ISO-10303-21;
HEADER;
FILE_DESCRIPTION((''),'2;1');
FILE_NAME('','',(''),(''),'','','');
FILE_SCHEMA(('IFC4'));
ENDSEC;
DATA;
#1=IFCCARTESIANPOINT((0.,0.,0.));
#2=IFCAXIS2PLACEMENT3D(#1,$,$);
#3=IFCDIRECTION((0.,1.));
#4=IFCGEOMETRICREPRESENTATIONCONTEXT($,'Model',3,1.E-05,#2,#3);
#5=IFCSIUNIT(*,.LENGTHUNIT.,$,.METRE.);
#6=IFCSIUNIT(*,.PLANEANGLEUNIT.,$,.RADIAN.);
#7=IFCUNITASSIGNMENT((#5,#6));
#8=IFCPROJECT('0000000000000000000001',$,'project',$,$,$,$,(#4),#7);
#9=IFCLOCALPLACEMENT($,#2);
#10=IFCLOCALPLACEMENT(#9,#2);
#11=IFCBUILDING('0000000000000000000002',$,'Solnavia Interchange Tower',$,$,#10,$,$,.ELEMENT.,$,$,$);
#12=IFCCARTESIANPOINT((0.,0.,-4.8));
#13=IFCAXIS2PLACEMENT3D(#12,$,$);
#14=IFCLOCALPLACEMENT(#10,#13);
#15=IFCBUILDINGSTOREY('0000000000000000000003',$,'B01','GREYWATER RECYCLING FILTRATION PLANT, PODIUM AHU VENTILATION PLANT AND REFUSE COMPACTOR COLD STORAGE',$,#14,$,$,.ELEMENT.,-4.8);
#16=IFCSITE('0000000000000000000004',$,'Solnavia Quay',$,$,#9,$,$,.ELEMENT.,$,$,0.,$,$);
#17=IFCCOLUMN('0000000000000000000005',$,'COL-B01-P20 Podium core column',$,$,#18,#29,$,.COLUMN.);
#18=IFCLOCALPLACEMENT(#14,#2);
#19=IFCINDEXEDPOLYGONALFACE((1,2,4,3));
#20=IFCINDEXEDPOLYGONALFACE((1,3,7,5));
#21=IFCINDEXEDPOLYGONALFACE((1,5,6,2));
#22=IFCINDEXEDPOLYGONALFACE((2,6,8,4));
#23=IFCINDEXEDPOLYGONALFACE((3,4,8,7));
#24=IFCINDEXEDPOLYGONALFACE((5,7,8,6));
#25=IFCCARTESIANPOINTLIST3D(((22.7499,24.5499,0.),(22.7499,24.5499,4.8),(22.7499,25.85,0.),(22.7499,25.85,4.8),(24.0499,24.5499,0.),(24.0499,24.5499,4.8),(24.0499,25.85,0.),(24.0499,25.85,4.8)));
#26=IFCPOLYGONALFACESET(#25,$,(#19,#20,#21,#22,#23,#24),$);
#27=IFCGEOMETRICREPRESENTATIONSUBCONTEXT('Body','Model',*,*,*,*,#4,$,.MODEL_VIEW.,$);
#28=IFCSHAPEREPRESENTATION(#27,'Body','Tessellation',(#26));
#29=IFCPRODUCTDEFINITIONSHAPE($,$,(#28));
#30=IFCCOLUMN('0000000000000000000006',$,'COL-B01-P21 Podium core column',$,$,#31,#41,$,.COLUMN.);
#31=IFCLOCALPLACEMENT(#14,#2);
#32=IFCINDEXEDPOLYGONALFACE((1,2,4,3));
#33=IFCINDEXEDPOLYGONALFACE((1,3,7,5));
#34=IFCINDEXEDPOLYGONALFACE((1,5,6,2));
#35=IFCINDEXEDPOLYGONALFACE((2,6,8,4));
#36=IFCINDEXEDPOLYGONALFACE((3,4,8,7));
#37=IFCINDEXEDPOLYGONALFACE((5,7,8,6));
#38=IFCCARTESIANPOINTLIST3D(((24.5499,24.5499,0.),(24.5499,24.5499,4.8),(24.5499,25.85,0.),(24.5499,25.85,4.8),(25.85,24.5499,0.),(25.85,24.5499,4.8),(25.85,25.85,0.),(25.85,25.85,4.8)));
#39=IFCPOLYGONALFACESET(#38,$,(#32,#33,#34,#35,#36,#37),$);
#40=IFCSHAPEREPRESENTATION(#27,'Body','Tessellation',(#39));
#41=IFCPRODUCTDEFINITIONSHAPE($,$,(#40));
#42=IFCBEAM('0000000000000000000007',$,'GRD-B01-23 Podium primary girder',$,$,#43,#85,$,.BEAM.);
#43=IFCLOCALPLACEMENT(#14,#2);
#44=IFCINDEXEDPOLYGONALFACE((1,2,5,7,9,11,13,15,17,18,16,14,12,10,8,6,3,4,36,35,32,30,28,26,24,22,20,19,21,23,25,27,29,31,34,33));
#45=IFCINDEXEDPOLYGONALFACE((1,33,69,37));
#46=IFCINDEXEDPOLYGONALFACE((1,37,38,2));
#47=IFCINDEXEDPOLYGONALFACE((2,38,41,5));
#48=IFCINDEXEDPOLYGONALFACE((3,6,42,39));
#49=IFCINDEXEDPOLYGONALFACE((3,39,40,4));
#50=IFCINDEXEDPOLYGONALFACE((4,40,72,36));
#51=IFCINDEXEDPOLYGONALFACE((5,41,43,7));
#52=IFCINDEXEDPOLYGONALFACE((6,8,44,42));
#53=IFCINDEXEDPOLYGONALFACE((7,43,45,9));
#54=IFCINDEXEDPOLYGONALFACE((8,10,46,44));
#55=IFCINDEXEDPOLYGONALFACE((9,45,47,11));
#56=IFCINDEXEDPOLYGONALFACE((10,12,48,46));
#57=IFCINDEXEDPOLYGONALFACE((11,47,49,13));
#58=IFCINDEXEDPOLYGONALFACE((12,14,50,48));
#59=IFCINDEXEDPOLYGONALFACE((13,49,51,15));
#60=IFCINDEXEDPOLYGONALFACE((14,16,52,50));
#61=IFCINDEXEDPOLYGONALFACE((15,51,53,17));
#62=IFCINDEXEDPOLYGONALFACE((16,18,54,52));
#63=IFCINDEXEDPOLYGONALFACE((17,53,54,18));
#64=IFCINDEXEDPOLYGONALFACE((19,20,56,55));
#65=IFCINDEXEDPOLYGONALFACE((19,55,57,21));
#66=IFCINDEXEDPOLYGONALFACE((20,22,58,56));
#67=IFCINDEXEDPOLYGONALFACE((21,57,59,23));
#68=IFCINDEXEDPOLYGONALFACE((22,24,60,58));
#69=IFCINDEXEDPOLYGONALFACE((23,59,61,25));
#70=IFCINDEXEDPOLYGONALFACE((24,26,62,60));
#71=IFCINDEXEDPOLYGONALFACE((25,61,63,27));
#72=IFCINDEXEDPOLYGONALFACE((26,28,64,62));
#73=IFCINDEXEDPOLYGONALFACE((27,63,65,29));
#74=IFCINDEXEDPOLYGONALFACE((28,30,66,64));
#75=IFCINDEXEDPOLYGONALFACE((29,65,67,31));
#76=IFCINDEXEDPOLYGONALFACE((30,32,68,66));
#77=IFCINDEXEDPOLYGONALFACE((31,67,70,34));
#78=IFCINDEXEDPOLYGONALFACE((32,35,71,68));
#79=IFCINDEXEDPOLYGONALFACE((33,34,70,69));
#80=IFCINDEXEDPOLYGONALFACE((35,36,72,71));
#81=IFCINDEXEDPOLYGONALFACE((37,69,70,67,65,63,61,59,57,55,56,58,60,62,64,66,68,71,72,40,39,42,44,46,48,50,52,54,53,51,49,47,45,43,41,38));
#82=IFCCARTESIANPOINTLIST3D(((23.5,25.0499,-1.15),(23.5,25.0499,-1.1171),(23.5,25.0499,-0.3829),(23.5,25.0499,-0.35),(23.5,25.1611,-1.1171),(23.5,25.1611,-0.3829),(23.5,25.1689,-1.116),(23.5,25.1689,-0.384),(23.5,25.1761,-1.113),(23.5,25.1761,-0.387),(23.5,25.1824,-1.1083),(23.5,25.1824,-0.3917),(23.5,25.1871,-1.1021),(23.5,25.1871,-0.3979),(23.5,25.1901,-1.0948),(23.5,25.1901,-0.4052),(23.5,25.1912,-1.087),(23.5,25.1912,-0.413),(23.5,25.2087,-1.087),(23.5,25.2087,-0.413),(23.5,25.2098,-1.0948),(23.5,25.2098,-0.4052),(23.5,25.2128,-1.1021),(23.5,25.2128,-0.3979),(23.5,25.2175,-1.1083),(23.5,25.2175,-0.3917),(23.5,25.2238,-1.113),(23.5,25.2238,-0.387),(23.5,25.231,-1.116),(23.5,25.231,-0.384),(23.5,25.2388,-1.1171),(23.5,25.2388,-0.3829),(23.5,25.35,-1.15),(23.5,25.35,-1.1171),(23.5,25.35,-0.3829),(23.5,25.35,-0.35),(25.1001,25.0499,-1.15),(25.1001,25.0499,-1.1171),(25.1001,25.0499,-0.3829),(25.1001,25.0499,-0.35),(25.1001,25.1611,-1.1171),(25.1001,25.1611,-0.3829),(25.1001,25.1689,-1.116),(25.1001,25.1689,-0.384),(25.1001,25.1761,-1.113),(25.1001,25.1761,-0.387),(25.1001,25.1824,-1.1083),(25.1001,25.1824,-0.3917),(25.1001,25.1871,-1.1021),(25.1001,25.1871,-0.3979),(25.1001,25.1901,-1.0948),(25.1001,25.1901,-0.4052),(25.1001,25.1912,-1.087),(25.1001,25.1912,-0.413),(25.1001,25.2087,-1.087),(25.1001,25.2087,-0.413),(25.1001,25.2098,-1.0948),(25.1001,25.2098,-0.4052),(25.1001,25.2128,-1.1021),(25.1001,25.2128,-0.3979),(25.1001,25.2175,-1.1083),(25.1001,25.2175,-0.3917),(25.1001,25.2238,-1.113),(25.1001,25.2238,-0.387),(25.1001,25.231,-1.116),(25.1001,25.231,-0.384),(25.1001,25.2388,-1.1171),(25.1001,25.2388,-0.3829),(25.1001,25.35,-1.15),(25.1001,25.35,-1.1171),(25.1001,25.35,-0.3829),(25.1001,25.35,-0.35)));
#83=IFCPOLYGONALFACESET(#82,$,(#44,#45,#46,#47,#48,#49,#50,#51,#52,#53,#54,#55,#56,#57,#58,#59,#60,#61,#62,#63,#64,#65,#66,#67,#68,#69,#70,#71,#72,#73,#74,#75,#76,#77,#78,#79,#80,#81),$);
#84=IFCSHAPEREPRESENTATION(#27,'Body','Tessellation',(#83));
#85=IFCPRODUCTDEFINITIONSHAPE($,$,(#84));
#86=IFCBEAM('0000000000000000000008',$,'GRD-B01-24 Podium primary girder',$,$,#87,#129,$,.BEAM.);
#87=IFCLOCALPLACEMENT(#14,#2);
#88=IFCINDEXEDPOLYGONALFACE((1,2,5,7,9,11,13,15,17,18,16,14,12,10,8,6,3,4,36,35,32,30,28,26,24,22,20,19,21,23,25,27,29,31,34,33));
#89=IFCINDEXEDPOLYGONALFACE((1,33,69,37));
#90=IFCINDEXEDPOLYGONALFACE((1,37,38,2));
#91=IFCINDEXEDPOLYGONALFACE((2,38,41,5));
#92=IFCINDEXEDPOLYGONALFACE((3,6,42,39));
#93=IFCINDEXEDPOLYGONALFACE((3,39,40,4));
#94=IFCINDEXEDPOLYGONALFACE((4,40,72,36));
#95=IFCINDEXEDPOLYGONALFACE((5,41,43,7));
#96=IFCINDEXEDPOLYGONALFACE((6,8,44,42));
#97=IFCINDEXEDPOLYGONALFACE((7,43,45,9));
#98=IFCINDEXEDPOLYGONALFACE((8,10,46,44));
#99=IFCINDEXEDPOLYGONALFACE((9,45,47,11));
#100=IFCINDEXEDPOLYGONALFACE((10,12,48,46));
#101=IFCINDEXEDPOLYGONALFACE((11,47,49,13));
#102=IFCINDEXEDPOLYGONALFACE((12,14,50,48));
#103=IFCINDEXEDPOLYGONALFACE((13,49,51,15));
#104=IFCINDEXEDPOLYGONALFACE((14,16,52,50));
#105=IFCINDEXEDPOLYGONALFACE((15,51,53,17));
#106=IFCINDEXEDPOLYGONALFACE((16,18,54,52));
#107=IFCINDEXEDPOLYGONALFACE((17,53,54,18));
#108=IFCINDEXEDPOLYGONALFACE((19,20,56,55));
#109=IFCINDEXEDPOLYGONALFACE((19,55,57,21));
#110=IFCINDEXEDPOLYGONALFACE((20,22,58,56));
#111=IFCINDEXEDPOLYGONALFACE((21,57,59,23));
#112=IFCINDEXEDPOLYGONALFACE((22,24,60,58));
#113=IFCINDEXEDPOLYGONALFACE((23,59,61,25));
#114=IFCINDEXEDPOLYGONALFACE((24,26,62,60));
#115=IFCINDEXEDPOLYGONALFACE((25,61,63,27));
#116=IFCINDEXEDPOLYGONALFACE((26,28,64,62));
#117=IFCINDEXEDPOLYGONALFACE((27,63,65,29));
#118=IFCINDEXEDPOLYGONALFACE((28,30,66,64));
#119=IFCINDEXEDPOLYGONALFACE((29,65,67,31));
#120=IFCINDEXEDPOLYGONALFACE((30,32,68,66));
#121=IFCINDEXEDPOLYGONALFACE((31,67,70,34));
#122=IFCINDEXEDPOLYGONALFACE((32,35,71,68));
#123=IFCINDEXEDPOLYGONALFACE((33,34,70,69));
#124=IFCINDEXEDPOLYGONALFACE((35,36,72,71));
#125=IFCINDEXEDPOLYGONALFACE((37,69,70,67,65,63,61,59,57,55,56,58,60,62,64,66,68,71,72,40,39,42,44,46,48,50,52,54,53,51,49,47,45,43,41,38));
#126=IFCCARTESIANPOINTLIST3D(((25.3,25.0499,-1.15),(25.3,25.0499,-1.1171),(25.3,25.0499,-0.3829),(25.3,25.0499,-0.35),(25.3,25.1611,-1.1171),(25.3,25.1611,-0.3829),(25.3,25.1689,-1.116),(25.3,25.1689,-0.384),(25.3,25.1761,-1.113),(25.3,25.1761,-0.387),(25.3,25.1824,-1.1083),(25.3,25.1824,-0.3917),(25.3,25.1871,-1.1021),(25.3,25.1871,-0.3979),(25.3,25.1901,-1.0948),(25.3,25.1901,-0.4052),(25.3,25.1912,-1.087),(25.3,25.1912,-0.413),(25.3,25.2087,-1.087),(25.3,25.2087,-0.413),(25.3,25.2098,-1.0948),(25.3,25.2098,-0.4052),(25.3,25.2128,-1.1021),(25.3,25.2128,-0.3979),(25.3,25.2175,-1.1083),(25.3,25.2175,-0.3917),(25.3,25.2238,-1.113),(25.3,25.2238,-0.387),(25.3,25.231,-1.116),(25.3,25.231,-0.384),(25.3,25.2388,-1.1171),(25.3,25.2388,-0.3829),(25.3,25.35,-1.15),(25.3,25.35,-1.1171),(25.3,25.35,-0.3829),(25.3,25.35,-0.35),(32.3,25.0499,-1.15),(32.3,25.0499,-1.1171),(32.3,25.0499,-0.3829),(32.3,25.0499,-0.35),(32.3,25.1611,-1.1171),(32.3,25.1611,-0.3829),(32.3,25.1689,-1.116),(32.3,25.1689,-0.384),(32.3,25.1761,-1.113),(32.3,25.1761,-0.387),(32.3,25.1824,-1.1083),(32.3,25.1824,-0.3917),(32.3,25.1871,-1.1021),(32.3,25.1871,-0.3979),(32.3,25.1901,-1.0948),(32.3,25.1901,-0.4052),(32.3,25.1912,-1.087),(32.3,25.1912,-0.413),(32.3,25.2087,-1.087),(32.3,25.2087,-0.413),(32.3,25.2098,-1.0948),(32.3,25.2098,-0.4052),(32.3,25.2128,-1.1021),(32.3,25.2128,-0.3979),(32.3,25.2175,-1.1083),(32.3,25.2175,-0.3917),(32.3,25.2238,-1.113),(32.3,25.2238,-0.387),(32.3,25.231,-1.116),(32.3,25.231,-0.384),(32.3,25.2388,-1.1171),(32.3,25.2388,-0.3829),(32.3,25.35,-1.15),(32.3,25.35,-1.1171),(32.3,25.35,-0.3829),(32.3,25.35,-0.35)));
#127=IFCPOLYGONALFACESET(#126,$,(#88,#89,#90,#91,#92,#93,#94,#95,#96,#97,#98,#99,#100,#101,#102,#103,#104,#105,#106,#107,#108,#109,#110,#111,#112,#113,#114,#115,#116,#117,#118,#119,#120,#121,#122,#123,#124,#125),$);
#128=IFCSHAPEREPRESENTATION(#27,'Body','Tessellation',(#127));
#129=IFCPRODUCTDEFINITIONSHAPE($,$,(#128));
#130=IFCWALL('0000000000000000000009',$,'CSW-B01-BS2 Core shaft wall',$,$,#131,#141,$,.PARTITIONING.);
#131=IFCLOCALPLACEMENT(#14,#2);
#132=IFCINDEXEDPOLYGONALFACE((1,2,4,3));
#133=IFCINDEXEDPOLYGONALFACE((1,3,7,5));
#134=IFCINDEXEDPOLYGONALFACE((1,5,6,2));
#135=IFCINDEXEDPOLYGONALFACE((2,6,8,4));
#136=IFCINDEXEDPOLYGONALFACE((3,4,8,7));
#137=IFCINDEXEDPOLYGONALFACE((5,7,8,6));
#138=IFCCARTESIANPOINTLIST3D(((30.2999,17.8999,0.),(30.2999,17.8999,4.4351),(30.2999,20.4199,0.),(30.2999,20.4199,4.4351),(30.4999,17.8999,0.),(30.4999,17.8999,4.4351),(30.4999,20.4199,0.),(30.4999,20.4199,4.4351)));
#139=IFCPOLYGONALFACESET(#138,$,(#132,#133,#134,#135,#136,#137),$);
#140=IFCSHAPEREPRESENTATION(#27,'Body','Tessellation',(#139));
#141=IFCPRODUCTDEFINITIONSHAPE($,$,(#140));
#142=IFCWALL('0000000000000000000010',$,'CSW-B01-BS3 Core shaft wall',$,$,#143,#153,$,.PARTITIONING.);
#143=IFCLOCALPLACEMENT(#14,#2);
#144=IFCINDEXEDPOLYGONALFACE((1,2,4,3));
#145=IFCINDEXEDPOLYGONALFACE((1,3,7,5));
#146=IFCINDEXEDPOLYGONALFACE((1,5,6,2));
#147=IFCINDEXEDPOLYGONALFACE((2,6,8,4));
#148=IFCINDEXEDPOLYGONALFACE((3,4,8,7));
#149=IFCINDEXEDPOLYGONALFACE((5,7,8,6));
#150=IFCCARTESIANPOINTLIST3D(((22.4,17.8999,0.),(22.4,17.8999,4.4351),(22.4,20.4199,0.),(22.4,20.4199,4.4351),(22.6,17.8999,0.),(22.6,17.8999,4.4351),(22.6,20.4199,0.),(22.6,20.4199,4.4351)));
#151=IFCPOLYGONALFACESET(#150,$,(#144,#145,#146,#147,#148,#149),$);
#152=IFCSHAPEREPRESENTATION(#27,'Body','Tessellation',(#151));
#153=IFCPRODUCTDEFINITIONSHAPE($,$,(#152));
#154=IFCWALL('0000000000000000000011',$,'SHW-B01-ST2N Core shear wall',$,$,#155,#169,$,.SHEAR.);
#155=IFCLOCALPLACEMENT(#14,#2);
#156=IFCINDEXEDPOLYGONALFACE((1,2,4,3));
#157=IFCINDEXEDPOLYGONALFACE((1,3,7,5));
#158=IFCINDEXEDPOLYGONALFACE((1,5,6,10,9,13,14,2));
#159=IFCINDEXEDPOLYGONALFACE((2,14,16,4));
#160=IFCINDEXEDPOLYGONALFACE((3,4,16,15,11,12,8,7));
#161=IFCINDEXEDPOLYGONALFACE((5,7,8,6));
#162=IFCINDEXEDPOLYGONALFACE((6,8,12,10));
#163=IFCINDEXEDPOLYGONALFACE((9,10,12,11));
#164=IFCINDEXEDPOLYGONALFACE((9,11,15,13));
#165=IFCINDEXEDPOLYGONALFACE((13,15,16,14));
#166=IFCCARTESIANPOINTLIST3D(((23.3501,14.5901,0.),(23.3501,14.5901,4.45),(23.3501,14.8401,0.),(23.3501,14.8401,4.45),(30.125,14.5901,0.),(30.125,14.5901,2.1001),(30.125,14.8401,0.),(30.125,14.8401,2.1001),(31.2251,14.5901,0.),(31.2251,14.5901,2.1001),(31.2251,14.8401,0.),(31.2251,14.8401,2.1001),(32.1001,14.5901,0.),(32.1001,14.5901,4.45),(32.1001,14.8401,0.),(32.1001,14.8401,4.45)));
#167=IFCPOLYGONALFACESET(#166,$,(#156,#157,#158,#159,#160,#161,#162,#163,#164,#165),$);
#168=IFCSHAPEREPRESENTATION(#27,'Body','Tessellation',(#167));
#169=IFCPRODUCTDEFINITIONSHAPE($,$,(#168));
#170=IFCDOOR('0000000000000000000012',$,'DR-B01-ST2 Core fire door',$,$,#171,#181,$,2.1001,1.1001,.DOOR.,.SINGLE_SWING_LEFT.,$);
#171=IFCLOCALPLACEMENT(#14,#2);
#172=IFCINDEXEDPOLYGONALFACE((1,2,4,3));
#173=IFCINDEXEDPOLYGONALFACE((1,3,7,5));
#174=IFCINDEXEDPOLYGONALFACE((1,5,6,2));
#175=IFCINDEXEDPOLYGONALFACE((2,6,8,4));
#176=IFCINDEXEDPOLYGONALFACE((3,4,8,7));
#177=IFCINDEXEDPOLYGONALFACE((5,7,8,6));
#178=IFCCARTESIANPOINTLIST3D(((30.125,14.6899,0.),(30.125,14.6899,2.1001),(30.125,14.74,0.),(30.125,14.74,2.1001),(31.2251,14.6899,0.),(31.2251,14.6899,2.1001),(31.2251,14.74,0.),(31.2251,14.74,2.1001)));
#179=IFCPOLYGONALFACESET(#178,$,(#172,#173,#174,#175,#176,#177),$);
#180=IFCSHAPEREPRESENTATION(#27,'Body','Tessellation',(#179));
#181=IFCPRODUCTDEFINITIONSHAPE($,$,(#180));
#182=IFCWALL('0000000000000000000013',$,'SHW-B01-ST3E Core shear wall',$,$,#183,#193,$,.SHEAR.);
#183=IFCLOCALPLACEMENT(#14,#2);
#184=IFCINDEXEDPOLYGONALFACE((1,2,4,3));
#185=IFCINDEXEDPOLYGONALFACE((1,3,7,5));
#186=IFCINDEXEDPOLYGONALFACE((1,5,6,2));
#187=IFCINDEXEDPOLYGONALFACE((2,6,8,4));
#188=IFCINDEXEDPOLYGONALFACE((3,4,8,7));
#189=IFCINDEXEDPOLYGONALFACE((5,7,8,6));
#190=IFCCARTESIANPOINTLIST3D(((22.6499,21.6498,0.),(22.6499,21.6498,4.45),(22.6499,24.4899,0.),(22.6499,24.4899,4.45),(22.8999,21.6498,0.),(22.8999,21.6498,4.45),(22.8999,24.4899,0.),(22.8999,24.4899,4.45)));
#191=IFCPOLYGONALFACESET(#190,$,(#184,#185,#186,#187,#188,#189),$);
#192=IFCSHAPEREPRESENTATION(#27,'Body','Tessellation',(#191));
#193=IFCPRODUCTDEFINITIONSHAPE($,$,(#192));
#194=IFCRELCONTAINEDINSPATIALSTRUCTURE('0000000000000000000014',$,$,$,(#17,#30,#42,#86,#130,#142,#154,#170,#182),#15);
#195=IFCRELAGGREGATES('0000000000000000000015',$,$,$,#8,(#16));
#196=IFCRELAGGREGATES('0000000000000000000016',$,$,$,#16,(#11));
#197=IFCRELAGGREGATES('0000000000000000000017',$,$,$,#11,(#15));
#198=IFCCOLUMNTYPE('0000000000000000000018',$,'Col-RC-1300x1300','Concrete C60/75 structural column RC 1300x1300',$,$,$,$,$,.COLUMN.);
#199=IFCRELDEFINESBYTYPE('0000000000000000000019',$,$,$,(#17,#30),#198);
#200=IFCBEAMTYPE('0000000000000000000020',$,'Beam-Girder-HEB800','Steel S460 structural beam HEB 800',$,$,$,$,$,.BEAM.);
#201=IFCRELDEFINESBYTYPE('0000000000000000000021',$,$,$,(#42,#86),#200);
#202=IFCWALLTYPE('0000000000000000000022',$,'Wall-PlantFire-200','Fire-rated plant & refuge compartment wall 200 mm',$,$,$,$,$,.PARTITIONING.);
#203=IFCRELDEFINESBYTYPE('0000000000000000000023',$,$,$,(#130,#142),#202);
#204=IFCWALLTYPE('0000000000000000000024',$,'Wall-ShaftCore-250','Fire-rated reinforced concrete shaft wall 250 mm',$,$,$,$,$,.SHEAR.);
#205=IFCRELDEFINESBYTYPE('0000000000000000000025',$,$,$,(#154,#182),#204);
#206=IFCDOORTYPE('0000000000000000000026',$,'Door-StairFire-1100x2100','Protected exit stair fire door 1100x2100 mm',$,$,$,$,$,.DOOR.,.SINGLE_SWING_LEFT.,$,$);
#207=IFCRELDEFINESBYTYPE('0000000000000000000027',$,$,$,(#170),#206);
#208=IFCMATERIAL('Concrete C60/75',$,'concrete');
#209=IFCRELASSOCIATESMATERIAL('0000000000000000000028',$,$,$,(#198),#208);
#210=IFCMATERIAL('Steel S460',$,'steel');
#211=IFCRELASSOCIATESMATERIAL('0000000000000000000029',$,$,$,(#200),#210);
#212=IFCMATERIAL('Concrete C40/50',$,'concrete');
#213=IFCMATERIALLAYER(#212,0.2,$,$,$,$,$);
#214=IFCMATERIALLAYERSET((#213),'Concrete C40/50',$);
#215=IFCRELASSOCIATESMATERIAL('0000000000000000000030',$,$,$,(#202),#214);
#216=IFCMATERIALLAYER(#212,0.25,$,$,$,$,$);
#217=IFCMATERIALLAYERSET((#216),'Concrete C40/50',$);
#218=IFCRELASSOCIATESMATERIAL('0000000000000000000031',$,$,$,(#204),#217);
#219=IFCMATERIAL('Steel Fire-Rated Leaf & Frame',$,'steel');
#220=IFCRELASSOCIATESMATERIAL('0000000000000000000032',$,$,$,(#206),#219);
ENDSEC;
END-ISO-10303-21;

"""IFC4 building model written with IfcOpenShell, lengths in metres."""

from ifc_helpers import new_model, si_unit, direction, frame, frame_2d, origin, origin_2d, place, context, subcontext, project, spatial, rectangle, i_section, extrude, material, layer, layer_set, material_profile, profile_set, type_object, element, fill, save


model = new_model("IFC4")

# Units and contexts
model_context = context("Model", 3, precision=1e-05, world=origin(), true_north=direction((0.0, 1.0)))
body_context = subcontext(model_context, "Body", "Model", "MODEL_VIEW")
ifc_project = project(units=[si_unit("LENGTHUNIT", "METRE"), si_unit("PLANEANGLEUNIT", "RADIAN")], contexts=[model_context])

# Site, building, storey
site_placement = place(None, origin())
site = spatial("IfcSite", under=ifc_project, at=site_placement, Name="Solnavia Quay", CompositionType="ELEMENT", RefElevation=0.0)
building_placement = place(site_placement, origin())
building = spatial("IfcBuilding", under=site, at=building_placement, Name="Solnavia Interchange Tower", CompositionType="ELEMENT")
storey_placement = place(building_placement, frame((0.0, 0.0, -4.8)))
storey = spatial("IfcBuildingStorey", under=building, at=storey_placement, Name="B01", Description="GREYWATER RECYCLING FILTRATION PLANT, PODIUM AHU VENTILATION PLANT AND REFUSE COMPACTOR COLD STORAGE", CompositionType="ELEMENT", Elevation=-4.8)

# Columns
ifc_material_1 = material(Name="Concrete C60/75", Category="concrete")
ifc_material_profile_1 = material_profile(ifc_material_1, rectangle(XDim=1.3, YDim=1.3, at=origin_2d()), Name="RC 1300x1300")
ifc_profile_set_1 = profile_set([ifc_material_profile_1], Name="Concrete C60/75")
column_type = type_object("IfcColumnType", Name="Col-RC-1300x1300", Description="Concrete C60/75 structural column RC 1300x1300", PredefinedType="COLUMN", material=ifc_profile_set_1)
for number, where, z_axis, x_axis, name in (
    (1, (23.3999, 25.2, 0.0), (0.0, 0.0, 1.0), (1.0, 0.0, 0.0), "COL-B01-P20 Podium core column"),
    (2, (25.2, 25.2, 0.0), (0.0, 0.0, 1.0), (1.0, 0.0, 0.0), "COL-B01-P21 Podium core column"),
):
    element("IfcColumn", number, at=place(storey_placement, frame(where, z_axis=z_axis, x_axis=x_axis)), inside=storey, type_object=column_type, Name=name, PredefinedType="COLUMN", context=body_context, shape_type="SweptSolid", body=[
        extrude(rectangle(XDim=1.3, YDim=1.3, at=origin_2d()), origin(), (0.0, 0.0, 1.0), 4.8),
    ])

# Beams
ifc_material_2 = material(Name="Steel S460", Category="steel")
ifc_material_profile_2 = material_profile(ifc_material_2, i_section(OverallWidth=0.3, OverallDepth=0.8, WebThickness=0.0176, FlangeThickness=0.033, FilletRadius=0.03, at=origin_2d()), Name="HEB 800")
ifc_profile_set_2 = profile_set([ifc_material_profile_2], Name="Steel S460")
beam_type = type_object("IfcBeamType", Name="Beam-Girder-HEB800", Description="Steel S460 structural beam HEB 800", PredefinedType="BEAM", material=ifc_profile_set_2)
beam_1_placement = place(storey_placement, frame((23.5, 25.2, -0.75), z_axis=(1.0, 0.0, 0.0), x_axis=(0.0, 1.0, 0.0)))
element("IfcBeam", 3, at=beam_1_placement, inside=storey, type_object=beam_type, Name="GRD-B01-23 Podium primary girder", PredefinedType="BEAM", context=body_context, shape_type="SweptSolid", body=[
    extrude(i_section(OverallWidth=0.3, OverallDepth=0.8, WebThickness=0.0176, FlangeThickness=0.033, FilletRadius=0.03, at=origin_2d()), origin(), (0.0, 0.0, 1.0), 1.6001),
])
beam_2_placement = place(storey_placement, frame((25.3, 25.2, -0.75), z_axis=(1.0, 0.0, 0.0), x_axis=(0.0, 1.0, 0.0)))
element("IfcBeam", 4, at=beam_2_placement, inside=storey, type_object=beam_type, Name="GRD-B01-24 Podium primary girder", PredefinedType="BEAM", context=body_context, shape_type="SweptSolid", body=[
    extrude(i_section(OverallWidth=0.3, OverallDepth=0.8, WebThickness=0.0176, FlangeThickness=0.033, FilletRadius=0.03, at=origin_2d()), origin(), (0.0, 0.0, 1.0), 7.0),
])

# Walls
ifc_material_3 = material(Name="Concrete C40/50", Category="concrete")
ifc_layer_1 = layer(ifc_material_3, 0.2)
ifc_layer_set_1 = layer_set([ifc_layer_1], Name="Concrete C40/50")
wall_type_1 = type_object("IfcWallType", Name="Wall-PlantFire-200", Description="Fire-rated plant & refuge compartment wall 200 mm", PredefinedType="PARTITIONING", material=ifc_layer_set_1)
for number, where, z_axis, x_axis, name in (
    (5, (30.3999, 17.8999, 0.0), (0.0, 0.0, 1.0), (0.0, 1.0, 0.0), "CSW-B01-BS2 Core shaft wall"),
    (6, (22.5, 17.8999, 0.0), (0.0, 0.0, 1.0), (0.0, 1.0, 0.0), "CSW-B01-BS3 Core shaft wall"),
):
    element("IfcWall", number, at=place(storey_placement, frame(where, z_axis=z_axis, x_axis=x_axis)), inside=storey, type_object=wall_type_1, Name=name, PredefinedType="PARTITIONING", context=body_context, shape_type="SweptSolid", body=[
        extrude(rectangle(XDim=2.52, YDim=0.2, at=frame_2d((1.26, 0.0))), origin(), (0.0, 0.0, 1.0), 4.4351),
    ])

# Wall, opening, door
ifc_layer_2 = layer(ifc_material_3, 0.25)
ifc_layer_set_2 = layer_set([ifc_layer_2], Name="Concrete C40/50")
wall_type_2 = type_object("IfcWallType", Name="Wall-ShaftCore-250", Description="Fire-rated reinforced concrete shaft wall 250 mm", PredefinedType="SHEAR", material=ifc_layer_set_2)
wall_1_placement = place(storey_placement, frame((23.3501, 14.7151, 0.0), z_axis=(0.0, 0.0, 1.0), x_axis=(1.0, 0.0, 0.0)))
wall_1 = element("IfcWall", 7, at=wall_1_placement, inside=storey, type_object=wall_type_2, Name="SHW-B01-ST2N Core shear wall", PredefinedType="SHEAR", context=body_context, shape_type="SweptSolid", body=[
    extrude(rectangle(XDim=8.75, YDim=0.25, at=frame_2d((4.375, 0.0))), origin(), (0.0, 0.0, 1.0), 4.45),
])
opening_1_placement = place(wall_1_placement, frame((6.7749, 0.0, 0.0)))
opening_1 = element("IfcOpeningElement", 8, at=opening_1_placement, cuts=wall_1, PredefinedType="OPENING", context=body_context, shape_type="SweptSolid", body=[
    extrude(rectangle(XDim=1.1001, YDim=2.1001, at=frame_2d((0.55, 1.05))), frame((0.0, 0.135, 0.0), z_axis=(0.0, -1.0, 0.0), x_axis=(1.0, 0.0, 0.0)), (0.0, 0.0, 1.0), 0.27),
])
ifc_material_4 = material(Name="Steel Fire-Rated Leaf & Frame", Category="steel")
door_type_1 = type_object("IfcDoorType", Name="Door-StairFire-1100x2100", Description="Protected exit stair fire door 1100x2100 mm", OperationType="SINGLE_SWING_LEFT", PredefinedType="DOOR", material=ifc_material_4)
door_1_placement = place(opening_1_placement, origin())
door_1 = element("IfcDoor", 9, at=door_1_placement, inside=storey, type_object=door_type_1, Name="DR-B01-ST2 Core fire door", OperationType="SINGLE_SWING_LEFT", OverallHeight=2.1001, OverallWidth=1.1001, PredefinedType="DOOR", context=body_context, shape_type="SweptSolid", body=[
    extrude(rectangle(XDim=1.1001, YDim=2.1001, at=frame_2d((0.55, 1.05))), frame((0.0, 0.0249, 0.0), z_axis=(0.0, -1.0, 0.0), x_axis=(1.0, 0.0, 0.0)), (0.0, 0.0, 1.0), 0.05),
])
fill(opening_1, door_1)

# Wall
wall_2_placement = place(storey_placement, frame((22.7749, 21.6499, 0.0), z_axis=(0.0, 0.0, 1.0), x_axis=(0.0, 1.0, 0.0)))
element("IfcWall", 10, at=wall_2_placement, inside=storey, type_object=wall_type_2, Name="SHW-B01-ST3E Core shear wall", PredefinedType="SHEAR", context=body_context, shape_type="SweptSolid", body=[
    extrude(rectangle(XDim=2.8401, YDim=0.25, at=frame_2d((1.4199, 0.0))), origin(), (0.0, 0.0, 1.0), 4.45),
])

save(model, "model.ifc")
